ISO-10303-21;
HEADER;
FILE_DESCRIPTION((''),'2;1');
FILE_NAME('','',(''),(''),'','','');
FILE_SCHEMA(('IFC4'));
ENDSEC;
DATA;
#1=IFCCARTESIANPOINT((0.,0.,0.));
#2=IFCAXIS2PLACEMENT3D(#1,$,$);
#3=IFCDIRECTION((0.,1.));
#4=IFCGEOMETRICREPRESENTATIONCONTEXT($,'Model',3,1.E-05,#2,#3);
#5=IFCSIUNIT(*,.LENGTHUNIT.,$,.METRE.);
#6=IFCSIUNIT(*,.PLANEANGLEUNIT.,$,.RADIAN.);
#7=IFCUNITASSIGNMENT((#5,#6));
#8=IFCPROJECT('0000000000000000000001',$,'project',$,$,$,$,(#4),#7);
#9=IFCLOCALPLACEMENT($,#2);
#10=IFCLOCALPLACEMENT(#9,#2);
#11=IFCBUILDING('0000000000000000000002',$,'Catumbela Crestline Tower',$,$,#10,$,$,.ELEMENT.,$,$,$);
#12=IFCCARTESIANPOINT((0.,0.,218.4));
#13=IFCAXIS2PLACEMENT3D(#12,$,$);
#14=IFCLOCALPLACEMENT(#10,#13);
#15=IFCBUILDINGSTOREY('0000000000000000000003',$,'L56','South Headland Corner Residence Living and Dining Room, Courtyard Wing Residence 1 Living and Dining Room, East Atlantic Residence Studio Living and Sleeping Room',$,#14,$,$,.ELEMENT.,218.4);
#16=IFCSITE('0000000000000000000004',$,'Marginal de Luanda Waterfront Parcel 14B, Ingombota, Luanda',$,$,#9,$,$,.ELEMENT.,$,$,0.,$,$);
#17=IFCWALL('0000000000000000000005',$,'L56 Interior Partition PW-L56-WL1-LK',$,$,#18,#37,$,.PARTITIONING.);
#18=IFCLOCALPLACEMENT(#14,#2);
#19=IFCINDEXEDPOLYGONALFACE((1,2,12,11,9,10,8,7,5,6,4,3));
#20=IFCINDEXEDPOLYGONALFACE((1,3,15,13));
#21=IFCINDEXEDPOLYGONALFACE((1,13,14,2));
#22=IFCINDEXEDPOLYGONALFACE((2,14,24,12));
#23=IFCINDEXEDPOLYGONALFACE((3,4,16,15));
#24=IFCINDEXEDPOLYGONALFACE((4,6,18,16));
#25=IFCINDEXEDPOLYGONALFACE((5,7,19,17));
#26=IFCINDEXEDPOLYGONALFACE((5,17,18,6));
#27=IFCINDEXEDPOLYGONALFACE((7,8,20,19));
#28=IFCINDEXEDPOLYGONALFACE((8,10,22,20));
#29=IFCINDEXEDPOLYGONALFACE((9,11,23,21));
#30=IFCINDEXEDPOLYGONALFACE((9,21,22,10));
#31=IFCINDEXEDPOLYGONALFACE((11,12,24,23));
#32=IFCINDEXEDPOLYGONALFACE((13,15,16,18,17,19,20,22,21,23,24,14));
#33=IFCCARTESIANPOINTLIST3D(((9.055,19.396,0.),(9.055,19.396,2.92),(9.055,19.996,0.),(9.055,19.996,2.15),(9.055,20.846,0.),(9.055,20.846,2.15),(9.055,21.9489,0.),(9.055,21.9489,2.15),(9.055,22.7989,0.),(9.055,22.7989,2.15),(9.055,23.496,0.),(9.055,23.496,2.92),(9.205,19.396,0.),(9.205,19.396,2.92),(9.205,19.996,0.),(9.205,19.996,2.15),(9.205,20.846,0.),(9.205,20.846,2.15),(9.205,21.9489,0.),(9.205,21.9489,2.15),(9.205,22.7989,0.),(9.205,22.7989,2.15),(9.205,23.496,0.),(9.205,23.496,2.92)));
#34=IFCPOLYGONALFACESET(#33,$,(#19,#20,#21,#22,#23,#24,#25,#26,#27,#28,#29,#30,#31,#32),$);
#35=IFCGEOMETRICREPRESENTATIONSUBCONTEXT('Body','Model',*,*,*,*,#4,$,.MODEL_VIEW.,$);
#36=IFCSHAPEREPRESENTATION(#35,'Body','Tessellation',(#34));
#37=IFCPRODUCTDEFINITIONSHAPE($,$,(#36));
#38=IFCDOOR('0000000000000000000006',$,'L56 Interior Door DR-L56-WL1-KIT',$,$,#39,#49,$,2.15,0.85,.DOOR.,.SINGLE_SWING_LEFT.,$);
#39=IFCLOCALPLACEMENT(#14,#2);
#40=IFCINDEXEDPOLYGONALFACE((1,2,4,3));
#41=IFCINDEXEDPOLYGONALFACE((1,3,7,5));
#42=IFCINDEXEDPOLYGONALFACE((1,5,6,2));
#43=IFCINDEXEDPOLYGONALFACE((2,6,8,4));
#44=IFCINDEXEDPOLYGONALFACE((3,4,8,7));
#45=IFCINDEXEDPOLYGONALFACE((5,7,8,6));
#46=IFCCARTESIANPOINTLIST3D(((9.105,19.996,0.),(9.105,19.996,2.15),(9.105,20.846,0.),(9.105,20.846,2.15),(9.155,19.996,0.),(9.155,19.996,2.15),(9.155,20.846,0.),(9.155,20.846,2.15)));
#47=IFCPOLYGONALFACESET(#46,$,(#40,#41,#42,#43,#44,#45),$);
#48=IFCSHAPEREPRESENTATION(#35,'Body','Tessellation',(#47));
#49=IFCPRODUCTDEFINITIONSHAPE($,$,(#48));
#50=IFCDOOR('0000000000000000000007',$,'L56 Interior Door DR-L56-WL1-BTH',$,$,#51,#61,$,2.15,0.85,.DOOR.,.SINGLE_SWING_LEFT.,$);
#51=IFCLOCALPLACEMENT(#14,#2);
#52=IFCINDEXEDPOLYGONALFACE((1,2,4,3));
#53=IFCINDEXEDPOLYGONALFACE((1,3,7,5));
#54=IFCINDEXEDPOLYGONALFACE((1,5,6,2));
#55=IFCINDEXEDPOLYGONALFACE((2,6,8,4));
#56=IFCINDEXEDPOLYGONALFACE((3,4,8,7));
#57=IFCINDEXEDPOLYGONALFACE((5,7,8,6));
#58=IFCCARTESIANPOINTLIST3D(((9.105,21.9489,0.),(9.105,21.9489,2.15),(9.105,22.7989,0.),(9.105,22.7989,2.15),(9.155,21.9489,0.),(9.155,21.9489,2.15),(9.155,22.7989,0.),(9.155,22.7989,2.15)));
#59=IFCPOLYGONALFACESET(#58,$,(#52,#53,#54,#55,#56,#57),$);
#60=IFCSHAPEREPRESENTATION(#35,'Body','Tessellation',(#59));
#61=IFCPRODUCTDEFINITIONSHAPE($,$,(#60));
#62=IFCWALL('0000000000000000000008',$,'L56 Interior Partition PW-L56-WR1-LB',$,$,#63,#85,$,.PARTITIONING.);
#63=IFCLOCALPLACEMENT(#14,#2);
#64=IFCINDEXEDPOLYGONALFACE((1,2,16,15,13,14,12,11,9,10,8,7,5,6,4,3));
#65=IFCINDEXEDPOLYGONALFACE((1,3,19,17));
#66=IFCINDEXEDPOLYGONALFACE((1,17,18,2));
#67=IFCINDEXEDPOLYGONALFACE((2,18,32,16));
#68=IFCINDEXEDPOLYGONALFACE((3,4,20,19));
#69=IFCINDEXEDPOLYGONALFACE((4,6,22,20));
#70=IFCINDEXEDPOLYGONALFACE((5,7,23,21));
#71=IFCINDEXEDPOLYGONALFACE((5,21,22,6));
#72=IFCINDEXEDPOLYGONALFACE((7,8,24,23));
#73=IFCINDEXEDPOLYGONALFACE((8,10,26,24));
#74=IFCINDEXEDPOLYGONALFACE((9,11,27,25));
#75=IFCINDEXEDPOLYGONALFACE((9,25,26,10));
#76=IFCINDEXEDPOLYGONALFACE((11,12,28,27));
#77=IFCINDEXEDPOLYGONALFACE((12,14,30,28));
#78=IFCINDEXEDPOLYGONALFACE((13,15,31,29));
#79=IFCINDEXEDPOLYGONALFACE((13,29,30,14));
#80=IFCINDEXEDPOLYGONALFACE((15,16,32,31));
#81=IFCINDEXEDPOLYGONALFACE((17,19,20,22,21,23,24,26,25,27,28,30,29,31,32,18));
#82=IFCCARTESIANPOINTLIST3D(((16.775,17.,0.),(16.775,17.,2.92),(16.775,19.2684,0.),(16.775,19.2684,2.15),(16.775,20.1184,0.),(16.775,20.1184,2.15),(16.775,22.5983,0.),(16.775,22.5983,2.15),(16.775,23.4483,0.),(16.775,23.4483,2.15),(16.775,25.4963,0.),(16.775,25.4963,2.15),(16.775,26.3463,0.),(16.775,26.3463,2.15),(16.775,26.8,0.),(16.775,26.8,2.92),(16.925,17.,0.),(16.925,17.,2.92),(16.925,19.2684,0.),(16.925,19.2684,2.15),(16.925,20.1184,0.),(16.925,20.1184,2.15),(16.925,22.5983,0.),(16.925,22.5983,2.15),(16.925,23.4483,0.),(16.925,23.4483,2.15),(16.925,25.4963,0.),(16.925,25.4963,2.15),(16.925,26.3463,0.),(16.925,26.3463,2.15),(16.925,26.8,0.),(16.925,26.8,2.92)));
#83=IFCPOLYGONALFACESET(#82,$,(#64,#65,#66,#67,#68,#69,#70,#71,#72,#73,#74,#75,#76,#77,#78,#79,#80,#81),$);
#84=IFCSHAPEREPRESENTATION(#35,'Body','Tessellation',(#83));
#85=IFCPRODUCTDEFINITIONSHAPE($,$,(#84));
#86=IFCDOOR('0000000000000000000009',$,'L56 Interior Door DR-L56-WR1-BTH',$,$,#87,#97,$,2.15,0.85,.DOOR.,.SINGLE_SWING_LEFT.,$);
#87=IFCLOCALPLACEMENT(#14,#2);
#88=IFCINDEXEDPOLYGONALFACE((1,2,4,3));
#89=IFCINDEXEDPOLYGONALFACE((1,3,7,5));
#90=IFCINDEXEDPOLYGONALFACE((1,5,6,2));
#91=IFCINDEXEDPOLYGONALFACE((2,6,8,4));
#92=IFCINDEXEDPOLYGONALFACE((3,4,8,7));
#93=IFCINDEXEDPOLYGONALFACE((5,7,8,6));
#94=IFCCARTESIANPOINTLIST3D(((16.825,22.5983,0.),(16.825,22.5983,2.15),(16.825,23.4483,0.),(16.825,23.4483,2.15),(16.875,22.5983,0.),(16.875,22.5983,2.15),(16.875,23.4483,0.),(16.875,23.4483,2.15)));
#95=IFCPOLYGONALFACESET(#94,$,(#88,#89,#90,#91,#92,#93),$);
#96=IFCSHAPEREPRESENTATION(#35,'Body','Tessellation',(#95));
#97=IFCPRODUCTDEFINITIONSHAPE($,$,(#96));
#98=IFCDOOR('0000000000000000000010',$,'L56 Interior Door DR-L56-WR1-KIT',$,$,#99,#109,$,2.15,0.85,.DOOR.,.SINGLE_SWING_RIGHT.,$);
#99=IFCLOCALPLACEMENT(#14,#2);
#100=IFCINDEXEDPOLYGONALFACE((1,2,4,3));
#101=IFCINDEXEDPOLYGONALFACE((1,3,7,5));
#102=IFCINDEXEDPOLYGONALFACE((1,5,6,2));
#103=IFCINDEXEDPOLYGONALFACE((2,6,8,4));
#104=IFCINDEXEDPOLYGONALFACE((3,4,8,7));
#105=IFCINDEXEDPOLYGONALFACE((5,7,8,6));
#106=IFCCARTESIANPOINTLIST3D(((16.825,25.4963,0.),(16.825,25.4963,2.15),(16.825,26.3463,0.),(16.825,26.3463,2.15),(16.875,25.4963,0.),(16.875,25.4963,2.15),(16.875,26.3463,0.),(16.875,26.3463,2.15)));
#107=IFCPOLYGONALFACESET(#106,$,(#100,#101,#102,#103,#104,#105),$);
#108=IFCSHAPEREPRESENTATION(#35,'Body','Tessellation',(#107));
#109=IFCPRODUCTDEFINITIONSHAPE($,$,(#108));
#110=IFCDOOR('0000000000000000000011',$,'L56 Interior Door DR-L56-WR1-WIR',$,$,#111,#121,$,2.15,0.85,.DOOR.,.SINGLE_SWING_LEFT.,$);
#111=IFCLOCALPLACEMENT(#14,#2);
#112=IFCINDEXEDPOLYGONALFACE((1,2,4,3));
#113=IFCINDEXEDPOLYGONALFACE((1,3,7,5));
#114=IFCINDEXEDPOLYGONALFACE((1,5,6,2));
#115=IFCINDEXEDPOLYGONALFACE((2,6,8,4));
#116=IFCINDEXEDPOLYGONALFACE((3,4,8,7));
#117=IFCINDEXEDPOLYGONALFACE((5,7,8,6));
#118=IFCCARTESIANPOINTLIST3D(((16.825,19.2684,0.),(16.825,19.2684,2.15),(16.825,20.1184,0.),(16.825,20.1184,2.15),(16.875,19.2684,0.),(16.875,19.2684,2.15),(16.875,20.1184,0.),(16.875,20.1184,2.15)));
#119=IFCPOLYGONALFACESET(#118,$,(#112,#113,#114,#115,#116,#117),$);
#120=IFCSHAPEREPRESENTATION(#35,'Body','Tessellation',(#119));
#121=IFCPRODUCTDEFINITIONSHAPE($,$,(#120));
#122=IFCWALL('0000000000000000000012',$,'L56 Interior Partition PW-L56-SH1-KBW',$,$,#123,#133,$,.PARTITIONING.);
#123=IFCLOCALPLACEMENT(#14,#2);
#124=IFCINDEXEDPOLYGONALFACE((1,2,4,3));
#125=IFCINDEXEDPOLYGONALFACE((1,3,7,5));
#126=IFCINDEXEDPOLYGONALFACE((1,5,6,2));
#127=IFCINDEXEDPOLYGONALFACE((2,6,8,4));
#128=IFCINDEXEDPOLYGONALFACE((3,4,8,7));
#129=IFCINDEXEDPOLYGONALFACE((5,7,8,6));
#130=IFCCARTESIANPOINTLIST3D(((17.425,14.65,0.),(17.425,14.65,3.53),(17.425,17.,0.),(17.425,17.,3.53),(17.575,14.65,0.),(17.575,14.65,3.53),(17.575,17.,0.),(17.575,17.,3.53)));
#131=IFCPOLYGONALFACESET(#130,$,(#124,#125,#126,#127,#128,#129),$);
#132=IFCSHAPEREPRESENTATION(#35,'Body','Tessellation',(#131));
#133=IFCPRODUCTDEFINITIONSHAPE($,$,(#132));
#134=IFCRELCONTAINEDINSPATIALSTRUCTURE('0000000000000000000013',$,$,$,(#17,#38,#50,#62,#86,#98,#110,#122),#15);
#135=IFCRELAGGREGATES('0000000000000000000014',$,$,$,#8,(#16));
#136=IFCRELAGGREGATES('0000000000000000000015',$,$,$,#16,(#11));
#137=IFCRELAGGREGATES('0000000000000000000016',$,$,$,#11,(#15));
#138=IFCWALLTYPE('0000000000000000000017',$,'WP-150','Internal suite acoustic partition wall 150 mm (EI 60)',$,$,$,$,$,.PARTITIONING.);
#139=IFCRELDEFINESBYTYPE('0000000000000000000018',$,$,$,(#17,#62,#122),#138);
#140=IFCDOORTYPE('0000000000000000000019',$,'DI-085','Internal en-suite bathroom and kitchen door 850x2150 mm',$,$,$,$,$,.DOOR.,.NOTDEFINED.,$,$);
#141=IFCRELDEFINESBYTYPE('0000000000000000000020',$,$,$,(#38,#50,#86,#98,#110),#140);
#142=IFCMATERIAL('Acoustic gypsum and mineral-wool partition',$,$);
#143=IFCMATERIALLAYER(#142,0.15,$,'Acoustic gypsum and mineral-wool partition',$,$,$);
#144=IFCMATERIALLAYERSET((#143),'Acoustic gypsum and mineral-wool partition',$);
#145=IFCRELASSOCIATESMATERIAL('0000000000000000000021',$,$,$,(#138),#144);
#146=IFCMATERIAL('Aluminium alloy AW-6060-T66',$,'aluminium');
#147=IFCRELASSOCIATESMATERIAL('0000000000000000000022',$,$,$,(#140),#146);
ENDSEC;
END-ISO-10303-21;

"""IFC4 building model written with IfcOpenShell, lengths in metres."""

from ifc_helpers import new_model, si_unit, direction, frame, frame_2d, origin, place, context, subcontext, project, spatial, rectangle, extrude, material, layer, layer_set, type_object, element, fill, save


model = new_model("IFC4")

# Units and contexts
model_context = context("Model", 3, precision=1e-05, world=origin(), true_north=direction((0.0, 1.0)))
body_context = subcontext(model_context, "Body", "Model", "MODEL_VIEW")
ifc_project = project(units=[si_unit("LENGTHUNIT", "METRE"), si_unit("PLANEANGLEUNIT", "RADIAN")], contexts=[model_context])

# Site, building, storey
site_placement = place(None, origin())
site = spatial("IfcSite", under=ifc_project, at=site_placement, Name="Marginal de Luanda Waterfront Parcel 14B, Ingombota, Luanda", CompositionType="ELEMENT", RefElevation=0.0)
building_placement = place(site_placement, origin())
building = spatial("IfcBuilding", under=site, at=building_placement, Name="Catumbela Crestline Tower", CompositionType="ELEMENT")
storey_placement = place(building_placement, frame((0.0, 0.0, 218.4)))
storey = spatial("IfcBuildingStorey", under=building, at=storey_placement, Name="L56", Description="South Headland Corner Residence Living and Dining Room, Courtyard Wing Residence 1 Living and Dining Room, East Atlantic Residence Studio Living and Sleeping Room", CompositionType="ELEMENT", Elevation=218.4)

# Shared definitions
ifc_material_1 = material(Name="Aluminium alloy AW-6060-T66", Category="aluminium")

# Shared definitions
ifc_material_2 = material(Name="Acoustic gypsum and mineral-wool partition")

# Shared definitions
ifc_layer_1 = layer(ifc_material_2, 0.15, Name="Acoustic gypsum and mineral-wool partition")
ifc_layer_set_1 = layer_set([ifc_layer_1], Name="Acoustic gypsum and mineral-wool partition")
wall_type_1 = type_object("IfcWallType", Name="WP-150", Description="Internal suite acoustic partition wall 150 mm (EI 60)", PredefinedType="PARTITIONING", material=ifc_layer_set_1)

# Walls, openings, doors
wall_1_placement = place(storey_placement, frame((9.13, 19.396, 0.0), z_axis=(0.0, 0.0, 1.0), x_axis=(0.0, 1.0, 0.0)))
wall_1 = element("IfcWall", 1, at=wall_1_placement, inside=storey, type_object=wall_type_1, Name="L56 Interior Partition PW-L56-WL1-LK", PredefinedType="PARTITIONING", context=body_context, shape_type="SweptSolid", body=[
    extrude(rectangle(XDim=4.1, YDim=0.15, at=frame_2d((2.05, 0.0))), origin(), (0.0, 0.0, 1.0), 2.92),
])
opening_1_placement = place(wall_1_placement, frame((0.6, 0.0, 0.0)))
opening_1 = element("IfcOpeningElement", 2, at=opening_1_placement, cuts=wall_1, PredefinedType="OPENING", context=body_context, shape_type="SweptSolid", body=[
    extrude(rectangle(XDim=0.85, YDim=2.15, at=frame_2d((0.425, 1.075))), frame((0.0, 0.085, 0.0), z_axis=(0.0, -1.0, 0.0), x_axis=(1.0, 0.0, 0.0)), (0.0, 0.0, 1.0), 0.17),
])
opening_2_placement = place(wall_1_placement, frame((2.5529, 0.0, 0.0)))
opening_2 = element("IfcOpeningElement", 3, at=opening_2_placement, cuts=wall_1, PredefinedType="OPENING", context=body_context, shape_type="SweptSolid", body=[
    extrude(rectangle(XDim=0.85, YDim=2.15, at=frame_2d((0.425, 1.075))), frame((0.0, 0.085, 0.0), z_axis=(0.0, -1.0, 0.0), x_axis=(1.0, 0.0, 0.0)), (0.0, 0.0, 1.0), 0.17),
])
door_type_1 = type_object("IfcDoorType", Name="DI-085", Description="Internal en-suite bathroom and kitchen door 850x2150 mm", OperationType="NOTDEFINED", PredefinedType="DOOR", material=ifc_material_1)
door_1_placement = place(opening_1_placement, origin())
door_1 = element("IfcDoor", 4, at=door_1_placement, inside=storey, type_object=door_type_1, Name="L56 Interior Door DR-L56-WL1-KIT", OperationType="SINGLE_SWING_LEFT", OverallHeight=2.15, OverallWidth=0.85, PredefinedType="DOOR", context=body_context, shape_type="SweptSolid", body=[
    extrude(rectangle(XDim=0.85, YDim=2.15, at=frame_2d((0.425, 1.075))), frame((0.0, 0.025, 0.0), z_axis=(0.0, -1.0, 0.0), x_axis=(1.0, 0.0, 0.0)), (0.0, 0.0, 1.0), 0.05),
])
fill(opening_1, door_1)
door_2_placement = place(opening_2_placement, origin())
door_2 = element("IfcDoor", 5, at=door_2_placement, inside=storey, type_object=door_type_1, Name="L56 Interior Door DR-L56-WL1-BTH", OperationType="SINGLE_SWING_LEFT", OverallHeight=2.15, OverallWidth=0.85, PredefinedType="DOOR", context=body_context, shape_type="SweptSolid", body=[
    extrude(rectangle(XDim=0.85, YDim=2.15, at=frame_2d((0.425, 1.075))), frame((0.0, 0.025, 0.0), z_axis=(0.0, -1.0, 0.0), x_axis=(1.0, 0.0, 0.0)), (0.0, 0.0, 1.0), 0.05),
])
fill(opening_2, door_2)
wall_2_placement = place(storey_placement, frame((16.85, 17.0, 0.0), z_axis=(0.0, 0.0, 1.0), x_axis=(0.0, 1.0, 0.0)))
wall_2 = element("IfcWall", 6, at=wall_2_placement, inside=storey, type_object=wall_type_1, Name="L56 Interior Partition PW-L56-WR1-LB", PredefinedType="PARTITIONING", context=body_context, shape_type="SweptSolid", body=[
    extrude(rectangle(XDim=9.8, YDim=0.15, at=frame_2d((4.9, 0.0))), origin(), (0.0, 0.0, 1.0), 2.92),
])
opening_3_placement = place(wall_2_placement, frame((5.5983, 0.0, 0.0)))
opening_3 = element("IfcOpeningElement", 7, at=opening_3_placement, cuts=wall_2, PredefinedType="OPENING", context=body_context, shape_type="SweptSolid", body=[
    extrude(rectangle(XDim=0.85, YDim=2.15, at=frame_2d((0.425, 1.075))), frame((0.0, 0.085, 0.0), z_axis=(0.0, -1.0, 0.0), x_axis=(1.0, 0.0, 0.0)), (0.0, 0.0, 1.0), 0.17),
])
opening_4_placement = place(wall_2_placement, frame((8.4963, 0.0, 0.0)))
opening_4 = element("IfcOpeningElement", 8, at=opening_4_placement, cuts=wall_2, PredefinedType="OPENING", context=body_context, shape_type="SweptSolid", body=[
    extrude(rectangle(XDim=0.85, YDim=2.15, at=frame_2d((0.425, 1.075))), frame((0.0, 0.085, 0.0), z_axis=(0.0, -1.0, 0.0), x_axis=(1.0, 0.0, 0.0)), (0.0, 0.0, 1.0), 0.17),
])
opening_5_placement = place(wall_2_placement, frame((2.2684, 0.0, 0.0)))
opening_5 = element("IfcOpeningElement", 9, at=opening_5_placement, cuts=wall_2, PredefinedType="OPENING", context=body_context, shape_type="SweptSolid", body=[
    extrude(rectangle(XDim=0.85, YDim=2.15, at=frame_2d((0.425, 1.075))), frame((0.0, 0.085, 0.0), z_axis=(0.0, -1.0, 0.0), x_axis=(1.0, 0.0, 0.0)), (0.0, 0.0, 1.0), 0.17),
])
door_3_placement = place(opening_3_placement, origin())
door_3 = element("IfcDoor", 10, at=door_3_placement, inside=storey, type_object=door_type_1, Name="L56 Interior Door DR-L56-WR1-BTH", OperationType="SINGLE_SWING_LEFT", OverallHeight=2.15, OverallWidth=0.85, PredefinedType="DOOR", context=body_context, shape_type="SweptSolid", body=[
    extrude(rectangle(XDim=0.85, YDim=2.15, at=frame_2d((0.425, 1.075))), frame((0.0, 0.025, 0.0), z_axis=(0.0, -1.0, 0.0), x_axis=(1.0, 0.0, 0.0)), (0.0, 0.0, 1.0), 0.05),
])
fill(opening_3, door_3)
door_4_placement = place(opening_4_placement, origin())
door_4 = element("IfcDoor", 11, at=door_4_placement, inside=storey, type_object=door_type_1, Name="L56 Interior Door DR-L56-WR1-KIT", OperationType="SINGLE_SWING_RIGHT", OverallHeight=2.15, OverallWidth=0.85, PredefinedType="DOOR", context=body_context, shape_type="SweptSolid", body=[
    extrude(rectangle(XDim=0.85, YDim=2.15, at=frame_2d((0.425, 1.075))), frame((0.0, 0.025, 0.0), z_axis=(0.0, -1.0, 0.0), x_axis=(1.0, 0.0, 0.0)), (0.0, 0.0, 1.0), 0.05),
])
fill(opening_4, door_4)
door_5_placement = place(opening_5_placement, origin())
door_5 = element("IfcDoor", 12, at=door_5_placement, inside=storey, type_object=door_type_1, Name="L56 Interior Door DR-L56-WR1-WIR", OperationType="SINGLE_SWING_LEFT", OverallHeight=2.15, OverallWidth=0.85, PredefinedType="DOOR", context=body_context, shape_type="SweptSolid", body=[
    extrude(rectangle(XDim=0.85, YDim=2.15, at=frame_2d((0.425, 1.075))), frame((0.0, 0.025, 0.0), z_axis=(0.0, -1.0, 0.0), x_axis=(1.0, 0.0, 0.0)), (0.0, 0.0, 1.0), 0.05),
])
fill(opening_5, door_5)

# Wall
wall_3_placement = place(storey_placement, frame((17.5, 14.65, 0.0), z_axis=(0.0, 0.0, 1.0), x_axis=(0.0, 1.0, 0.0)))
element("IfcWall", 13, at=wall_3_placement, inside=storey, type_object=wall_type_1, Name="L56 Interior Partition PW-L56-SH1-KBW", PredefinedType="PARTITIONING", context=body_context, shape_type="SweptSolid", body=[
    extrude(rectangle(XDim=2.35, YDim=0.15, at=frame_2d((1.175, 0.0))), origin(), (0.0, 0.0, 1.0), 3.53),
])

save(model, "model.ifc")
